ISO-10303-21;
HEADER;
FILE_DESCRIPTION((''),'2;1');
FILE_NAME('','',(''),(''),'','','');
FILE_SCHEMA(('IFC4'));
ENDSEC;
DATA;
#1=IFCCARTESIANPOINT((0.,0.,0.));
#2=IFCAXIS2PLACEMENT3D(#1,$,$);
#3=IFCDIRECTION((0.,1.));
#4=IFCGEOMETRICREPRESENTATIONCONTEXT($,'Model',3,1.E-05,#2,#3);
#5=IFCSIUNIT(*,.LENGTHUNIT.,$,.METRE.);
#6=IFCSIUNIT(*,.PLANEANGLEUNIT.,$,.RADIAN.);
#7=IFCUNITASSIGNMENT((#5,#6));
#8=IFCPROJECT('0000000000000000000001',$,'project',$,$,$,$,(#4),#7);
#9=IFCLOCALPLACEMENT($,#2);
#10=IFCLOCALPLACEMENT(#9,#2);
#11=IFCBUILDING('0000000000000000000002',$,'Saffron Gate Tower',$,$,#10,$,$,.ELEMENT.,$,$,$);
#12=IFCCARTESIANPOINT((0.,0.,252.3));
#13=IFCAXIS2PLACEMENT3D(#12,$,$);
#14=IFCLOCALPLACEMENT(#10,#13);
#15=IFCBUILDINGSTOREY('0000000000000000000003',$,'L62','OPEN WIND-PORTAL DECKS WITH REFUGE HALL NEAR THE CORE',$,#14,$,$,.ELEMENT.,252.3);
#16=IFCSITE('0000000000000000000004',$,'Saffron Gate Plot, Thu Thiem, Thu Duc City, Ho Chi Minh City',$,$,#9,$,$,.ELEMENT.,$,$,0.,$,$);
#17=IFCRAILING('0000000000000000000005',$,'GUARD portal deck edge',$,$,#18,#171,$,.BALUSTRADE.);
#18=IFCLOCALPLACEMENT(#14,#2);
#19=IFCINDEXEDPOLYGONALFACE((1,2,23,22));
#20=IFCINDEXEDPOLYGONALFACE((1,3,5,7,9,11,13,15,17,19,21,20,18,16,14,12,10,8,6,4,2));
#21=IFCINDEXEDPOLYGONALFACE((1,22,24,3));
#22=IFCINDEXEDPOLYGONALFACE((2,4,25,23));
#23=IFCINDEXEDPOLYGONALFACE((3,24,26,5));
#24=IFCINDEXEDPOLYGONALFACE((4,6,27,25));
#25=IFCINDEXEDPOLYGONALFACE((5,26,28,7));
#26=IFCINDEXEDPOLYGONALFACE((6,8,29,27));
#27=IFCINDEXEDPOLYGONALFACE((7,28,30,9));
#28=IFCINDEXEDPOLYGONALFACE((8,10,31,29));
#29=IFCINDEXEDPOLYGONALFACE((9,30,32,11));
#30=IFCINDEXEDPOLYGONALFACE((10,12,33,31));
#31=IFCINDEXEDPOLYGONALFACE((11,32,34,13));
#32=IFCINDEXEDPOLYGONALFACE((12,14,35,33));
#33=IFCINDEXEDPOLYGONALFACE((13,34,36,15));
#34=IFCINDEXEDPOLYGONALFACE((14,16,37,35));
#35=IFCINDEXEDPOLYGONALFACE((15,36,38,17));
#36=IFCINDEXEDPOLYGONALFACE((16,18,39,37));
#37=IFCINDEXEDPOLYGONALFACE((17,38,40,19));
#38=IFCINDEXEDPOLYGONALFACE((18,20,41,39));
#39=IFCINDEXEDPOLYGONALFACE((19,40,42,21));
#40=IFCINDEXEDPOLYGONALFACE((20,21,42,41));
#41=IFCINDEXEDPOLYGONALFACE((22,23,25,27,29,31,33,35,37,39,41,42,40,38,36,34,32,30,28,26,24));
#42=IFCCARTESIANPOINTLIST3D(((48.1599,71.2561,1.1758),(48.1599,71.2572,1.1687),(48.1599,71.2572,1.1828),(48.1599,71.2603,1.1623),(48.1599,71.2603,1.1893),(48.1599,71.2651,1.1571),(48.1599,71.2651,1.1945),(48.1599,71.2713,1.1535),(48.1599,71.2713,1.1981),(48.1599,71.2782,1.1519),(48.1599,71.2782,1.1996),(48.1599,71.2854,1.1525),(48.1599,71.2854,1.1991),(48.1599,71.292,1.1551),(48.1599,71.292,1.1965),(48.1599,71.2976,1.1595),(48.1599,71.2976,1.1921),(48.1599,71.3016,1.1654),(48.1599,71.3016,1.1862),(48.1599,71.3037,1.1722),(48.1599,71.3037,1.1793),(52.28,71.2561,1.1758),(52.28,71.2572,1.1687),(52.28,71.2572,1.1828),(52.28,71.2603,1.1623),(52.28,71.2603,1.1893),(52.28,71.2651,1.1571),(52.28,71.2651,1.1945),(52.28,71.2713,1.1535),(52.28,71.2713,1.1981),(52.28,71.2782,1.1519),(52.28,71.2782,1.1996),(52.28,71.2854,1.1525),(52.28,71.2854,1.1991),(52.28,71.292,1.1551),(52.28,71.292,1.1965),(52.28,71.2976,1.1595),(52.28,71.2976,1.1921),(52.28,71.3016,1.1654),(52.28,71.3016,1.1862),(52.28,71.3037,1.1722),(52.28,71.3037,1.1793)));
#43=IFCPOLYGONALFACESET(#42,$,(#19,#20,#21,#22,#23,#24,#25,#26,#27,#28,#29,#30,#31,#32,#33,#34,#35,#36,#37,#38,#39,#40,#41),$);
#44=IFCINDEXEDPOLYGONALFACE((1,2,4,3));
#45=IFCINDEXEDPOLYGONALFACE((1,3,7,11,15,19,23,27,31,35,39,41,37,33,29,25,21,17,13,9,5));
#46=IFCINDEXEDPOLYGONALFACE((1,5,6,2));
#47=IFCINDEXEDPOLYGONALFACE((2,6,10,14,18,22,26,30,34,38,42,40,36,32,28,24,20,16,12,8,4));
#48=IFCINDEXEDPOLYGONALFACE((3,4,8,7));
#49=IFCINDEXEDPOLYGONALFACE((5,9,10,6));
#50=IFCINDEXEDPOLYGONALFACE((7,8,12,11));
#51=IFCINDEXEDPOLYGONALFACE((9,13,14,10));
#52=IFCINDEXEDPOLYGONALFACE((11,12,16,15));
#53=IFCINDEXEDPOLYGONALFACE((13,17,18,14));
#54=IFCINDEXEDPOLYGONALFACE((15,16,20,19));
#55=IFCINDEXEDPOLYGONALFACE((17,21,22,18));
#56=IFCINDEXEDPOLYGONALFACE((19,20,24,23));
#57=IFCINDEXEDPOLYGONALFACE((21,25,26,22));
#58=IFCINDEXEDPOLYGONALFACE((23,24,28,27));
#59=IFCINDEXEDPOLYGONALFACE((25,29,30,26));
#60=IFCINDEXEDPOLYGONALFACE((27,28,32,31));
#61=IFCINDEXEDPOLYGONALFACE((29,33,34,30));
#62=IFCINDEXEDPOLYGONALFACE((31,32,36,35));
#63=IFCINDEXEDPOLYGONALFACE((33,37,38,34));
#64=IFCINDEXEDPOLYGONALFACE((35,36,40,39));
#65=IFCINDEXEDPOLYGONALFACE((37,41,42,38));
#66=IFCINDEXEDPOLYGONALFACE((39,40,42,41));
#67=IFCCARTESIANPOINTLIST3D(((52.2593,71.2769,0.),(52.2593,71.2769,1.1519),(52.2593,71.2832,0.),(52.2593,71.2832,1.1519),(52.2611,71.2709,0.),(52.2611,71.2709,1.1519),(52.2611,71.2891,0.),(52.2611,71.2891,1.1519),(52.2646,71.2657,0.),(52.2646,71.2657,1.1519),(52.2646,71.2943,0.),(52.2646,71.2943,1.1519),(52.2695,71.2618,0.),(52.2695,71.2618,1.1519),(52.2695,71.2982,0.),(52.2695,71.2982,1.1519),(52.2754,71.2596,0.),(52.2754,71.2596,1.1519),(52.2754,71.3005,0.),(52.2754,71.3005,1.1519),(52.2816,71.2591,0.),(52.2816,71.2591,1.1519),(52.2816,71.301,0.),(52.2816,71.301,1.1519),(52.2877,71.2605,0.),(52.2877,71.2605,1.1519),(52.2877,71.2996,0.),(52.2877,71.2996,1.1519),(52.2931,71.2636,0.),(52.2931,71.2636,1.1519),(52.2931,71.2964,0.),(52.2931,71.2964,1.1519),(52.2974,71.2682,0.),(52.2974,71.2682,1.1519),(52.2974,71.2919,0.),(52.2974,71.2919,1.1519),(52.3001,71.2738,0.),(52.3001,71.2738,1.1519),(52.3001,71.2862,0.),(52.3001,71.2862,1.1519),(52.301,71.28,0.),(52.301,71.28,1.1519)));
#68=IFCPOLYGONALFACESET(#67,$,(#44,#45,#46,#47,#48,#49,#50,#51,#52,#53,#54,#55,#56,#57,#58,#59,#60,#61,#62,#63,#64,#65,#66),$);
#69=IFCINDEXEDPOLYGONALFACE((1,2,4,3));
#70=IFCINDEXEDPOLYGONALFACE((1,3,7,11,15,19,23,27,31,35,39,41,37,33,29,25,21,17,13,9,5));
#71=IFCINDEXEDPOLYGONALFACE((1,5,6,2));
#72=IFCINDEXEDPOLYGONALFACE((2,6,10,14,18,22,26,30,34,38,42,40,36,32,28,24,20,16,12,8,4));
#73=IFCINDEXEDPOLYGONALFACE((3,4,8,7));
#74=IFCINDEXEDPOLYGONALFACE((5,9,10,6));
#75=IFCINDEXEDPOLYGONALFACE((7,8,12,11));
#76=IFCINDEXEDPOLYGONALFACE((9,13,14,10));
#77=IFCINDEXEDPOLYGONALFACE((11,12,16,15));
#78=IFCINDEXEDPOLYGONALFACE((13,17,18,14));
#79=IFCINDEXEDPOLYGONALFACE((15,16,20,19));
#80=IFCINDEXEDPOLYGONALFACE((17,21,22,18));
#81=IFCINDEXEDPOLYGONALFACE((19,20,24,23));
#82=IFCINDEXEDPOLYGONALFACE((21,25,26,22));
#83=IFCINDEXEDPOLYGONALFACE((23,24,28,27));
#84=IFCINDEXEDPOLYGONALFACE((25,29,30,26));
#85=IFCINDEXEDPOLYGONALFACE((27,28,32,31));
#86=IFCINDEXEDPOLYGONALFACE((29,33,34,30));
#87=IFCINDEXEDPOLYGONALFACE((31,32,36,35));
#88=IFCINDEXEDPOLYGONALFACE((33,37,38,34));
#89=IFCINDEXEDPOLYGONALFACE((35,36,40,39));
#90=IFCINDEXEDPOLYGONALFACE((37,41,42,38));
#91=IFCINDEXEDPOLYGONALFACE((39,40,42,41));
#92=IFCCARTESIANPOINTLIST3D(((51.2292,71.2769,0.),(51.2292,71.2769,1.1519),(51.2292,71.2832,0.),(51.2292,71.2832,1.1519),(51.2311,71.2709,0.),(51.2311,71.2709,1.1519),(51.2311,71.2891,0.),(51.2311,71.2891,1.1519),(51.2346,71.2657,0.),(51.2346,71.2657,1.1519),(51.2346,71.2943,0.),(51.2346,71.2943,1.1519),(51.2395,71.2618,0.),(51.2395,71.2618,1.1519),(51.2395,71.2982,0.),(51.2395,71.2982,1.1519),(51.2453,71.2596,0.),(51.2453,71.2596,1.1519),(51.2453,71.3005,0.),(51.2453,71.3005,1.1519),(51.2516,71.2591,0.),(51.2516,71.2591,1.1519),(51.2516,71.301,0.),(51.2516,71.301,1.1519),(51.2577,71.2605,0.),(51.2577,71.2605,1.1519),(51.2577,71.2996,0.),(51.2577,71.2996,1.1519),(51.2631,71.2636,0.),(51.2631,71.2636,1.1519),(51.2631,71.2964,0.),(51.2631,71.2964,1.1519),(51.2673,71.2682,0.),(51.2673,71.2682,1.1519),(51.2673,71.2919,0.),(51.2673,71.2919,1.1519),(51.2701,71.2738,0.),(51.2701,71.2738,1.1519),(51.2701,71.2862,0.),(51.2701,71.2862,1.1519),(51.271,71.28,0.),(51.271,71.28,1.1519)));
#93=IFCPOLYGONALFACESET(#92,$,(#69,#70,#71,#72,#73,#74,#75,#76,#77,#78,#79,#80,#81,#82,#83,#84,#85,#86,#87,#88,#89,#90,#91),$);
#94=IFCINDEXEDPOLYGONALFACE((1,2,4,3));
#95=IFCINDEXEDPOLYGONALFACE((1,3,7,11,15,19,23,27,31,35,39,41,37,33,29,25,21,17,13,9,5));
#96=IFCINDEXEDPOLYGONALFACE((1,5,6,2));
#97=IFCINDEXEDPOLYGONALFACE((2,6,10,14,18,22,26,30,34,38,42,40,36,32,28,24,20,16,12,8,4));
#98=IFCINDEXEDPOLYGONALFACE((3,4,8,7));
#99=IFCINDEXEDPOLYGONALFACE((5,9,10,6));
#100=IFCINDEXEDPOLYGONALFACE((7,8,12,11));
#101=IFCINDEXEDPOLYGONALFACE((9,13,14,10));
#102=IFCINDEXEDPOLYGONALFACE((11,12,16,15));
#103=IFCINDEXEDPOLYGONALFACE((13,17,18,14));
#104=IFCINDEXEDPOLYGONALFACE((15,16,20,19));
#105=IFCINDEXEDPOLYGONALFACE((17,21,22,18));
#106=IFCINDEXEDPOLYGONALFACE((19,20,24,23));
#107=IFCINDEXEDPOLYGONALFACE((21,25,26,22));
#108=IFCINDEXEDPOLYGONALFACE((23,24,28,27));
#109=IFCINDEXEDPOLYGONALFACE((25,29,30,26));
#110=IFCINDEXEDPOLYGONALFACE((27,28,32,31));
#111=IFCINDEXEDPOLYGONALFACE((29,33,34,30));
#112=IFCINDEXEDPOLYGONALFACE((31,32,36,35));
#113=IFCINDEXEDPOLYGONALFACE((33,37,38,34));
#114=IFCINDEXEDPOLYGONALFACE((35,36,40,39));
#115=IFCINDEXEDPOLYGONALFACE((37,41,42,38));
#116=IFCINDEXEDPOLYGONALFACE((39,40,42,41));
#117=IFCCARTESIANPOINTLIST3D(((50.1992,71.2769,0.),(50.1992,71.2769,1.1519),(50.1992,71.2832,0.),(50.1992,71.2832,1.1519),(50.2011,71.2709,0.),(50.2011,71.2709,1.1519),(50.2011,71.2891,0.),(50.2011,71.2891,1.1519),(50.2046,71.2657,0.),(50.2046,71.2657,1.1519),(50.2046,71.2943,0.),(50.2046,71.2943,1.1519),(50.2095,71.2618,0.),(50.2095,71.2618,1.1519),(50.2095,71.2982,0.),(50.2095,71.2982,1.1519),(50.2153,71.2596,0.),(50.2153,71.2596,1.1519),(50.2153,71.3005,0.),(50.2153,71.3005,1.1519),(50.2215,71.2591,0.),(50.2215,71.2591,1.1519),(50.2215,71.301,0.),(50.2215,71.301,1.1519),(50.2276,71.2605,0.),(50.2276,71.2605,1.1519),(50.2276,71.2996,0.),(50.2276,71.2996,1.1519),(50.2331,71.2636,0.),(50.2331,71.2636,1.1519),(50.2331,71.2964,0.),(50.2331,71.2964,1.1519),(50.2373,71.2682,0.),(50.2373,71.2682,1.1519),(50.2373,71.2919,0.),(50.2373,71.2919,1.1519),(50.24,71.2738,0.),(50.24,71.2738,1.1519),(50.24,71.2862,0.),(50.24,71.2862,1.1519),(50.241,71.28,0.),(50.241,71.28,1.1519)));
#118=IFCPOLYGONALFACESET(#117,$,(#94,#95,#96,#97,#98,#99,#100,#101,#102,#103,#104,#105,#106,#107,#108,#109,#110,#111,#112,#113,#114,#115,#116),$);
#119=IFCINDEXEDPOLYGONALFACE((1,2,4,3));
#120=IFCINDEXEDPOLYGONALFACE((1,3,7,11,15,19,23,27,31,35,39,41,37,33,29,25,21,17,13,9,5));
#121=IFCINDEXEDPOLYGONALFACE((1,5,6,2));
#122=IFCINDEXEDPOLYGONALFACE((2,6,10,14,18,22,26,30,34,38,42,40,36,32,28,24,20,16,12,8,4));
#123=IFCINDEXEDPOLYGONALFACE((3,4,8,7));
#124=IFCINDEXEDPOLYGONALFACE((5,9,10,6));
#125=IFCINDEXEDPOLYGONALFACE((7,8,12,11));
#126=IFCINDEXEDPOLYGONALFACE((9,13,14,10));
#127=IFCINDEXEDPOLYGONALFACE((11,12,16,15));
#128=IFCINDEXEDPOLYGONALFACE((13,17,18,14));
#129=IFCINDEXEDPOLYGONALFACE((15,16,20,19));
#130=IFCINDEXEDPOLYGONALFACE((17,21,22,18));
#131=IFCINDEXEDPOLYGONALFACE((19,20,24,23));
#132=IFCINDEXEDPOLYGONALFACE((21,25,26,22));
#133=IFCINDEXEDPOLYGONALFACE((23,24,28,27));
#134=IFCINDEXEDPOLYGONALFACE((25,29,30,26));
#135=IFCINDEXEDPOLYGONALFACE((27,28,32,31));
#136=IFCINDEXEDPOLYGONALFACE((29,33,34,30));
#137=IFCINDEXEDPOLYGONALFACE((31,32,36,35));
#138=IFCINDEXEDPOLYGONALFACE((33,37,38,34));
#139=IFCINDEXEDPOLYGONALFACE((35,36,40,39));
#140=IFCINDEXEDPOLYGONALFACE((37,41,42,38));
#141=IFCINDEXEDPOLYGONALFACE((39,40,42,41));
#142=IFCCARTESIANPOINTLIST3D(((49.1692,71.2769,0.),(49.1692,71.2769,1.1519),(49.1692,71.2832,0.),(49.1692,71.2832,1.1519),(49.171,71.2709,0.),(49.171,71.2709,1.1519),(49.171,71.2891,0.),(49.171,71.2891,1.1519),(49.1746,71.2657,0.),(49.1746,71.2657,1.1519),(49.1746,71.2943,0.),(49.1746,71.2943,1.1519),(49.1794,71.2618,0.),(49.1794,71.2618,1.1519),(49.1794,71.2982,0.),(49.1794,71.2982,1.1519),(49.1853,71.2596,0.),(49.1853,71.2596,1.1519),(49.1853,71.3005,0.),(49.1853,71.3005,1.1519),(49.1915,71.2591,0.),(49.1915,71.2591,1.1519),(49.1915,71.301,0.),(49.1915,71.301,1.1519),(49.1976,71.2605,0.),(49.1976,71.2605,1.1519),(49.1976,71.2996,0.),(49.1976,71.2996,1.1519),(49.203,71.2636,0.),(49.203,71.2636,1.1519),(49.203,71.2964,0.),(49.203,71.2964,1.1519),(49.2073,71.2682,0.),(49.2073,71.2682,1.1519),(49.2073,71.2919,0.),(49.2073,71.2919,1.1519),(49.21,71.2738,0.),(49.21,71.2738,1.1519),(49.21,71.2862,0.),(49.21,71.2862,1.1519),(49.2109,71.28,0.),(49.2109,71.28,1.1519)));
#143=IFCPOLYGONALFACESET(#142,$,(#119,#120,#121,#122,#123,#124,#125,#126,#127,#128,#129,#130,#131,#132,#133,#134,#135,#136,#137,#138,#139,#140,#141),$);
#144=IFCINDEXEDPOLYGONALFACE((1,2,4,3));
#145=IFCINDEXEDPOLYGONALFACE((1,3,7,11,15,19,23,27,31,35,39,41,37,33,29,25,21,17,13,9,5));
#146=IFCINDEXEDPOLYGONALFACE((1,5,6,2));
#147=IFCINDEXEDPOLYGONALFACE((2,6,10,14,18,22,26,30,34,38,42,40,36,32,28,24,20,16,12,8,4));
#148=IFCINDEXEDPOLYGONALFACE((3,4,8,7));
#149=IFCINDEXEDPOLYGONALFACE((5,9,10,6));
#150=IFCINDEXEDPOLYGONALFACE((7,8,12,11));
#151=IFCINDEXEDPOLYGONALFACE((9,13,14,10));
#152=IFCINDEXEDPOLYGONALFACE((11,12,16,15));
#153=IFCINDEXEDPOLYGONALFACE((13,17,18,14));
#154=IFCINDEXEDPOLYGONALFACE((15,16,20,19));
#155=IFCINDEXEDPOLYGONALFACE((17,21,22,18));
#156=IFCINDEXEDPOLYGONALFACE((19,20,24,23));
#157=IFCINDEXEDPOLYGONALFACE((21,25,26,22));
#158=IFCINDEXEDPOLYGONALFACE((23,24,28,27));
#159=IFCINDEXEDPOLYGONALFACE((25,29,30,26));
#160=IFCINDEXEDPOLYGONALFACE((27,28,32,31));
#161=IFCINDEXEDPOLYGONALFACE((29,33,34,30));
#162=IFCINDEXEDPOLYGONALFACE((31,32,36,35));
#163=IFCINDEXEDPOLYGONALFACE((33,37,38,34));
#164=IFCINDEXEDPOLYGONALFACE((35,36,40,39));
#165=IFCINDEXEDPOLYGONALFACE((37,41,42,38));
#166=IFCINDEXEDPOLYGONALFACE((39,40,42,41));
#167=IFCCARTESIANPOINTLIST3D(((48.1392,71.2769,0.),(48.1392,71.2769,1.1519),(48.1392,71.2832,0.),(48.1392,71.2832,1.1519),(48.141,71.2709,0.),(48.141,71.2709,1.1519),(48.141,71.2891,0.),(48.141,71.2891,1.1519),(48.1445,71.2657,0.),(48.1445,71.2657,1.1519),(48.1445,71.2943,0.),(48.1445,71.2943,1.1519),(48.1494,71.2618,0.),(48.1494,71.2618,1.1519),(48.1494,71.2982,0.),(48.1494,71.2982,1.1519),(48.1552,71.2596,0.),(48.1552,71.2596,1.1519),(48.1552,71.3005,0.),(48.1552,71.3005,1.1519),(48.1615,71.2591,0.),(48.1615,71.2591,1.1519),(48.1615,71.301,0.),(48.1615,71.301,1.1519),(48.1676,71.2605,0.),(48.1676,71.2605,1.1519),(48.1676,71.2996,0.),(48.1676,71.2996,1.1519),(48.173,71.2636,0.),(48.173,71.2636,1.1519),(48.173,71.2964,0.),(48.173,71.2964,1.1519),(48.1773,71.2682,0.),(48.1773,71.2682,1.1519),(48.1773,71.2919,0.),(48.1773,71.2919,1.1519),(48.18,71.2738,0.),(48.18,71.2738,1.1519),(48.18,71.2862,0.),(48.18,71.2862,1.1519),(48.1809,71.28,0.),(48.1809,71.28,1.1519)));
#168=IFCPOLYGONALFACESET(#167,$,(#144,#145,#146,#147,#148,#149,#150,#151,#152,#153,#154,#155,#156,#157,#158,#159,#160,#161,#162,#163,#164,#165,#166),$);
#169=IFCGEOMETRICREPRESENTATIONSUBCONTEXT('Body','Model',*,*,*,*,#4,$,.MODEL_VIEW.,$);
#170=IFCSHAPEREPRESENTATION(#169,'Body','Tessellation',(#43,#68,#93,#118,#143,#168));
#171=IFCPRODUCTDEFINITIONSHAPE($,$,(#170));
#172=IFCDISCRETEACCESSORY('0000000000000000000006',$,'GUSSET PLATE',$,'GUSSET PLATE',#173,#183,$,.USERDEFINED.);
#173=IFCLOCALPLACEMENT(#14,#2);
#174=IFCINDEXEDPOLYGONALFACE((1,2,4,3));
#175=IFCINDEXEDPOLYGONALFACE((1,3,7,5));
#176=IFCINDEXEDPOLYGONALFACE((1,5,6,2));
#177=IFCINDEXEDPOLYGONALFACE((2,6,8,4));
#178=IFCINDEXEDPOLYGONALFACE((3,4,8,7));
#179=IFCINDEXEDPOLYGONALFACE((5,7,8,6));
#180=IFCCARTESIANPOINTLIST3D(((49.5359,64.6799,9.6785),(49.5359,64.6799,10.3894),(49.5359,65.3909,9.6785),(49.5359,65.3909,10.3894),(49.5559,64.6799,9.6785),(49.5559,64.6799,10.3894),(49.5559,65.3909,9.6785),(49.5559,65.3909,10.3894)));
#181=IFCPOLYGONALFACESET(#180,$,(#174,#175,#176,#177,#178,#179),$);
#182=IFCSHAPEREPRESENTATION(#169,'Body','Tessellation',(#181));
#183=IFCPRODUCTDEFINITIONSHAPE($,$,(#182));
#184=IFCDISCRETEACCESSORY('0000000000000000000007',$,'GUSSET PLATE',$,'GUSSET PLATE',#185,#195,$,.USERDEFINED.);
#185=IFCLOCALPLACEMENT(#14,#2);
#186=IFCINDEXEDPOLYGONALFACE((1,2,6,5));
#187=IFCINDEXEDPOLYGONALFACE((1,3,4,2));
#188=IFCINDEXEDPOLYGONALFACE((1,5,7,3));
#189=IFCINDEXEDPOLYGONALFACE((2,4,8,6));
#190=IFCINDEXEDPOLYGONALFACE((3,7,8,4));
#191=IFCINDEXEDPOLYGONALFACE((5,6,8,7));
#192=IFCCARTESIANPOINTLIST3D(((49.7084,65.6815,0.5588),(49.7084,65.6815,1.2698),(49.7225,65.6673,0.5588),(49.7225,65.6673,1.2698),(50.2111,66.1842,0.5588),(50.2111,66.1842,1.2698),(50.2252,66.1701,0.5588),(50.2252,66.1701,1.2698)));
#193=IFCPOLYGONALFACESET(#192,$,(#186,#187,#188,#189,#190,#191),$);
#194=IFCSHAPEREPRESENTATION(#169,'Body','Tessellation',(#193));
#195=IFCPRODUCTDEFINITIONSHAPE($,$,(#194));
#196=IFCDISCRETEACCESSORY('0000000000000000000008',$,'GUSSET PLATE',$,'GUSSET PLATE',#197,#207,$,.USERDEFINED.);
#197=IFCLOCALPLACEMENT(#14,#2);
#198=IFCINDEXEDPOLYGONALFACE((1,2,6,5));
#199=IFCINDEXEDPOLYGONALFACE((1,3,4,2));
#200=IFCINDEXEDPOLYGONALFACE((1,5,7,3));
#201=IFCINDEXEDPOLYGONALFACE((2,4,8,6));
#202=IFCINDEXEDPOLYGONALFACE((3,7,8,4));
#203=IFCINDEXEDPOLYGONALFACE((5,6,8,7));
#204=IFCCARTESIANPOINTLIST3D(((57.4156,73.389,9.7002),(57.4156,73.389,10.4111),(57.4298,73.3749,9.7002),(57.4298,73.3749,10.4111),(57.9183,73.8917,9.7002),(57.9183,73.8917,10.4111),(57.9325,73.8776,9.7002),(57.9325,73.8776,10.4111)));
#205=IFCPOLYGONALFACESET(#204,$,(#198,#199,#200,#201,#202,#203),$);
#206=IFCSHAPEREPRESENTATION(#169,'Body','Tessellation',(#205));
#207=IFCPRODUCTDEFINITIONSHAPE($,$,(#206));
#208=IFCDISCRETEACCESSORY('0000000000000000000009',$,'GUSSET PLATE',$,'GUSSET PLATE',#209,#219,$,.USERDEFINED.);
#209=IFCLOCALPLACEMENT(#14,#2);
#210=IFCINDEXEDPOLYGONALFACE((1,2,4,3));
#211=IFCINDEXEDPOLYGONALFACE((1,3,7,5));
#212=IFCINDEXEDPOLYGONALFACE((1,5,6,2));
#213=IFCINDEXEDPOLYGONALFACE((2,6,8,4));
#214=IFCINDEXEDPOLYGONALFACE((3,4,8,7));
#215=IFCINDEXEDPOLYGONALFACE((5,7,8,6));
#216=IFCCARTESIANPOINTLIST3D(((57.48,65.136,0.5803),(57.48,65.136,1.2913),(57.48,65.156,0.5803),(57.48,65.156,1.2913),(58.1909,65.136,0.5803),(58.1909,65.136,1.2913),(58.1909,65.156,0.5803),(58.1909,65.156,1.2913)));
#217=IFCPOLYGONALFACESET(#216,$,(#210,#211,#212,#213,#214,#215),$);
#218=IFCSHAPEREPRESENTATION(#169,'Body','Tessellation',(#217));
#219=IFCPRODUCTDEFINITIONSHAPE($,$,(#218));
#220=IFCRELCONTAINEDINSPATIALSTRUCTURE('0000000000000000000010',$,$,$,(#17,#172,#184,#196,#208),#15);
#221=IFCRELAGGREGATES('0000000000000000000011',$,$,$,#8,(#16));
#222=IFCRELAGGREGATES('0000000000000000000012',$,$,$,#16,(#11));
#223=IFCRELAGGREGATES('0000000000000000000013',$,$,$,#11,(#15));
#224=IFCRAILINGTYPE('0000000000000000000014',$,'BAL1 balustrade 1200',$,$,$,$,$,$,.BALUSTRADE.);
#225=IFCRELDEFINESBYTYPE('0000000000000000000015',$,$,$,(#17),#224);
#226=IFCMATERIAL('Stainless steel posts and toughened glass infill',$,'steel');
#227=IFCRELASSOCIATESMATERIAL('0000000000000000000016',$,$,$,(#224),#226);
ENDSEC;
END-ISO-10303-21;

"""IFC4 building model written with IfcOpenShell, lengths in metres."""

from ifc_helpers import new_model, si_unit, direction, frame, origin, origin_2d, place, context, subcontext, project, spatial, rectangle, circle, extrude, material, type_object, element, save


model = new_model("IFC4")

# Units and contexts
model_context = context("Model", 3, precision=1e-05, world=origin(), true_north=direction((0.0, 1.0)))
body_context = subcontext(model_context, "Body", "Model", "MODEL_VIEW")
ifc_project = project(units=[si_unit("LENGTHUNIT", "METRE"), si_unit("PLANEANGLEUNIT", "RADIAN")], contexts=[model_context])

# Site, building, storey
site_placement = place(None, origin())
site = spatial("IfcSite", under=ifc_project, at=site_placement, Name="Saffron Gate Plot, Thu Thiem, Thu Duc City, Ho Chi Minh City", CompositionType="ELEMENT", RefElevation=0.0)
building_placement = place(site_placement, origin())
building = spatial("IfcBuilding", under=site, at=building_placement, Name="Saffron Gate Tower", CompositionType="ELEMENT")
storey_placement = place(building_placement, frame((0.0, 0.0, 252.3)))
storey = spatial("IfcBuildingStorey", under=building, at=storey_placement, Name="L62", Description="OPEN WIND-PORTAL DECKS WITH REFUGE HALL NEAR THE CORE", CompositionType="ELEMENT", Elevation=252.3)

# Railing
ifc_material_1 = material(Name="Stainless steel posts and toughened glass infill", Category="steel")
railing_type = type_object("IfcRailingType", Name="BAL1 balustrade 1200", PredefinedType="BALUSTRADE", material=ifc_material_1)
railing_1_placement = place(storey_placement, frame((52.28, 71.28, 0.0)))
element("IfcRailing", 1, at=railing_1_placement, inside=storey, type_object=railing_type, Name="GUARD portal deck edge", PredefinedType="BALUSTRADE", context=body_context, shape_type="SweptSolid", body=[
    extrude(circle(Radius=0.0239, at=origin_2d()), frame((0.0, 0.0, 1.1758), z_axis=(-1.0, 0.0, 0.0), x_axis=(0.0, -1.0, 0.0)), (0.0, 0.0, 1.0), 4.1201),
    extrude(circle(Radius=0.021, at=origin_2d()), origin(), (0.0, 0.0, 1.0), 1.1519),
    extrude(circle(Radius=0.021, at=origin_2d()), frame((-1.03, 0.0, 0.0)), (0.0, 0.0, 1.0), 1.1519),
    extrude(circle(Radius=0.021, at=origin_2d()), frame((-2.0601, 0.0, 0.0)), (0.0, 0.0, 1.0), 1.1519),
    extrude(circle(Radius=0.021, at=origin_2d()), frame((-3.0901, 0.0, 0.0)), (0.0, 0.0, 1.0), 1.1519),
    extrude(circle(Radius=0.021, at=origin_2d()), frame((-4.1201, 0.0, 0.0)), (0.0, 0.0, 1.0), 1.1519),
])

# Discrete accessories
for number, where, z_axis, x_axis, name in (
    (2, (49.5459, 65.0354, 9.6785), (0.0, 0.0, 1.0), (0.0, 1.0, 0.0), "GUSSET PLATE"),
    (3, (49.9668, 65.9258, 0.5588), (0.0, 0.0, 1.0), (0.707107, 0.707107, 0.0), "GUSSET PLATE"),
    (4, (57.6741, 73.6333, 9.7002), (0.0, 0.0, 1.0), (0.707107, 0.707107, 0.0), "GUSSET PLATE"),
    (5, (57.8354, 65.146, 0.5803), (0.0, 0.0, 1.0), (-1.0, 0.0, 0.0), "GUSSET PLATE"),
):
    element("IfcDiscreteAccessory", number, at=place(storey_placement, frame(where, z_axis=z_axis, x_axis=x_axis)), inside=storey, Name=name, ObjectType="GUSSET PLATE", PredefinedType="USERDEFINED", context=body_context, shape_type="SweptSolid", body=[
        extrude(rectangle(XDim=0.7109, YDim=0.02, at=origin_2d()), origin(), (0.0, 0.0, 1.0), 0.7109),
    ])

save(model, "model.ifc")
